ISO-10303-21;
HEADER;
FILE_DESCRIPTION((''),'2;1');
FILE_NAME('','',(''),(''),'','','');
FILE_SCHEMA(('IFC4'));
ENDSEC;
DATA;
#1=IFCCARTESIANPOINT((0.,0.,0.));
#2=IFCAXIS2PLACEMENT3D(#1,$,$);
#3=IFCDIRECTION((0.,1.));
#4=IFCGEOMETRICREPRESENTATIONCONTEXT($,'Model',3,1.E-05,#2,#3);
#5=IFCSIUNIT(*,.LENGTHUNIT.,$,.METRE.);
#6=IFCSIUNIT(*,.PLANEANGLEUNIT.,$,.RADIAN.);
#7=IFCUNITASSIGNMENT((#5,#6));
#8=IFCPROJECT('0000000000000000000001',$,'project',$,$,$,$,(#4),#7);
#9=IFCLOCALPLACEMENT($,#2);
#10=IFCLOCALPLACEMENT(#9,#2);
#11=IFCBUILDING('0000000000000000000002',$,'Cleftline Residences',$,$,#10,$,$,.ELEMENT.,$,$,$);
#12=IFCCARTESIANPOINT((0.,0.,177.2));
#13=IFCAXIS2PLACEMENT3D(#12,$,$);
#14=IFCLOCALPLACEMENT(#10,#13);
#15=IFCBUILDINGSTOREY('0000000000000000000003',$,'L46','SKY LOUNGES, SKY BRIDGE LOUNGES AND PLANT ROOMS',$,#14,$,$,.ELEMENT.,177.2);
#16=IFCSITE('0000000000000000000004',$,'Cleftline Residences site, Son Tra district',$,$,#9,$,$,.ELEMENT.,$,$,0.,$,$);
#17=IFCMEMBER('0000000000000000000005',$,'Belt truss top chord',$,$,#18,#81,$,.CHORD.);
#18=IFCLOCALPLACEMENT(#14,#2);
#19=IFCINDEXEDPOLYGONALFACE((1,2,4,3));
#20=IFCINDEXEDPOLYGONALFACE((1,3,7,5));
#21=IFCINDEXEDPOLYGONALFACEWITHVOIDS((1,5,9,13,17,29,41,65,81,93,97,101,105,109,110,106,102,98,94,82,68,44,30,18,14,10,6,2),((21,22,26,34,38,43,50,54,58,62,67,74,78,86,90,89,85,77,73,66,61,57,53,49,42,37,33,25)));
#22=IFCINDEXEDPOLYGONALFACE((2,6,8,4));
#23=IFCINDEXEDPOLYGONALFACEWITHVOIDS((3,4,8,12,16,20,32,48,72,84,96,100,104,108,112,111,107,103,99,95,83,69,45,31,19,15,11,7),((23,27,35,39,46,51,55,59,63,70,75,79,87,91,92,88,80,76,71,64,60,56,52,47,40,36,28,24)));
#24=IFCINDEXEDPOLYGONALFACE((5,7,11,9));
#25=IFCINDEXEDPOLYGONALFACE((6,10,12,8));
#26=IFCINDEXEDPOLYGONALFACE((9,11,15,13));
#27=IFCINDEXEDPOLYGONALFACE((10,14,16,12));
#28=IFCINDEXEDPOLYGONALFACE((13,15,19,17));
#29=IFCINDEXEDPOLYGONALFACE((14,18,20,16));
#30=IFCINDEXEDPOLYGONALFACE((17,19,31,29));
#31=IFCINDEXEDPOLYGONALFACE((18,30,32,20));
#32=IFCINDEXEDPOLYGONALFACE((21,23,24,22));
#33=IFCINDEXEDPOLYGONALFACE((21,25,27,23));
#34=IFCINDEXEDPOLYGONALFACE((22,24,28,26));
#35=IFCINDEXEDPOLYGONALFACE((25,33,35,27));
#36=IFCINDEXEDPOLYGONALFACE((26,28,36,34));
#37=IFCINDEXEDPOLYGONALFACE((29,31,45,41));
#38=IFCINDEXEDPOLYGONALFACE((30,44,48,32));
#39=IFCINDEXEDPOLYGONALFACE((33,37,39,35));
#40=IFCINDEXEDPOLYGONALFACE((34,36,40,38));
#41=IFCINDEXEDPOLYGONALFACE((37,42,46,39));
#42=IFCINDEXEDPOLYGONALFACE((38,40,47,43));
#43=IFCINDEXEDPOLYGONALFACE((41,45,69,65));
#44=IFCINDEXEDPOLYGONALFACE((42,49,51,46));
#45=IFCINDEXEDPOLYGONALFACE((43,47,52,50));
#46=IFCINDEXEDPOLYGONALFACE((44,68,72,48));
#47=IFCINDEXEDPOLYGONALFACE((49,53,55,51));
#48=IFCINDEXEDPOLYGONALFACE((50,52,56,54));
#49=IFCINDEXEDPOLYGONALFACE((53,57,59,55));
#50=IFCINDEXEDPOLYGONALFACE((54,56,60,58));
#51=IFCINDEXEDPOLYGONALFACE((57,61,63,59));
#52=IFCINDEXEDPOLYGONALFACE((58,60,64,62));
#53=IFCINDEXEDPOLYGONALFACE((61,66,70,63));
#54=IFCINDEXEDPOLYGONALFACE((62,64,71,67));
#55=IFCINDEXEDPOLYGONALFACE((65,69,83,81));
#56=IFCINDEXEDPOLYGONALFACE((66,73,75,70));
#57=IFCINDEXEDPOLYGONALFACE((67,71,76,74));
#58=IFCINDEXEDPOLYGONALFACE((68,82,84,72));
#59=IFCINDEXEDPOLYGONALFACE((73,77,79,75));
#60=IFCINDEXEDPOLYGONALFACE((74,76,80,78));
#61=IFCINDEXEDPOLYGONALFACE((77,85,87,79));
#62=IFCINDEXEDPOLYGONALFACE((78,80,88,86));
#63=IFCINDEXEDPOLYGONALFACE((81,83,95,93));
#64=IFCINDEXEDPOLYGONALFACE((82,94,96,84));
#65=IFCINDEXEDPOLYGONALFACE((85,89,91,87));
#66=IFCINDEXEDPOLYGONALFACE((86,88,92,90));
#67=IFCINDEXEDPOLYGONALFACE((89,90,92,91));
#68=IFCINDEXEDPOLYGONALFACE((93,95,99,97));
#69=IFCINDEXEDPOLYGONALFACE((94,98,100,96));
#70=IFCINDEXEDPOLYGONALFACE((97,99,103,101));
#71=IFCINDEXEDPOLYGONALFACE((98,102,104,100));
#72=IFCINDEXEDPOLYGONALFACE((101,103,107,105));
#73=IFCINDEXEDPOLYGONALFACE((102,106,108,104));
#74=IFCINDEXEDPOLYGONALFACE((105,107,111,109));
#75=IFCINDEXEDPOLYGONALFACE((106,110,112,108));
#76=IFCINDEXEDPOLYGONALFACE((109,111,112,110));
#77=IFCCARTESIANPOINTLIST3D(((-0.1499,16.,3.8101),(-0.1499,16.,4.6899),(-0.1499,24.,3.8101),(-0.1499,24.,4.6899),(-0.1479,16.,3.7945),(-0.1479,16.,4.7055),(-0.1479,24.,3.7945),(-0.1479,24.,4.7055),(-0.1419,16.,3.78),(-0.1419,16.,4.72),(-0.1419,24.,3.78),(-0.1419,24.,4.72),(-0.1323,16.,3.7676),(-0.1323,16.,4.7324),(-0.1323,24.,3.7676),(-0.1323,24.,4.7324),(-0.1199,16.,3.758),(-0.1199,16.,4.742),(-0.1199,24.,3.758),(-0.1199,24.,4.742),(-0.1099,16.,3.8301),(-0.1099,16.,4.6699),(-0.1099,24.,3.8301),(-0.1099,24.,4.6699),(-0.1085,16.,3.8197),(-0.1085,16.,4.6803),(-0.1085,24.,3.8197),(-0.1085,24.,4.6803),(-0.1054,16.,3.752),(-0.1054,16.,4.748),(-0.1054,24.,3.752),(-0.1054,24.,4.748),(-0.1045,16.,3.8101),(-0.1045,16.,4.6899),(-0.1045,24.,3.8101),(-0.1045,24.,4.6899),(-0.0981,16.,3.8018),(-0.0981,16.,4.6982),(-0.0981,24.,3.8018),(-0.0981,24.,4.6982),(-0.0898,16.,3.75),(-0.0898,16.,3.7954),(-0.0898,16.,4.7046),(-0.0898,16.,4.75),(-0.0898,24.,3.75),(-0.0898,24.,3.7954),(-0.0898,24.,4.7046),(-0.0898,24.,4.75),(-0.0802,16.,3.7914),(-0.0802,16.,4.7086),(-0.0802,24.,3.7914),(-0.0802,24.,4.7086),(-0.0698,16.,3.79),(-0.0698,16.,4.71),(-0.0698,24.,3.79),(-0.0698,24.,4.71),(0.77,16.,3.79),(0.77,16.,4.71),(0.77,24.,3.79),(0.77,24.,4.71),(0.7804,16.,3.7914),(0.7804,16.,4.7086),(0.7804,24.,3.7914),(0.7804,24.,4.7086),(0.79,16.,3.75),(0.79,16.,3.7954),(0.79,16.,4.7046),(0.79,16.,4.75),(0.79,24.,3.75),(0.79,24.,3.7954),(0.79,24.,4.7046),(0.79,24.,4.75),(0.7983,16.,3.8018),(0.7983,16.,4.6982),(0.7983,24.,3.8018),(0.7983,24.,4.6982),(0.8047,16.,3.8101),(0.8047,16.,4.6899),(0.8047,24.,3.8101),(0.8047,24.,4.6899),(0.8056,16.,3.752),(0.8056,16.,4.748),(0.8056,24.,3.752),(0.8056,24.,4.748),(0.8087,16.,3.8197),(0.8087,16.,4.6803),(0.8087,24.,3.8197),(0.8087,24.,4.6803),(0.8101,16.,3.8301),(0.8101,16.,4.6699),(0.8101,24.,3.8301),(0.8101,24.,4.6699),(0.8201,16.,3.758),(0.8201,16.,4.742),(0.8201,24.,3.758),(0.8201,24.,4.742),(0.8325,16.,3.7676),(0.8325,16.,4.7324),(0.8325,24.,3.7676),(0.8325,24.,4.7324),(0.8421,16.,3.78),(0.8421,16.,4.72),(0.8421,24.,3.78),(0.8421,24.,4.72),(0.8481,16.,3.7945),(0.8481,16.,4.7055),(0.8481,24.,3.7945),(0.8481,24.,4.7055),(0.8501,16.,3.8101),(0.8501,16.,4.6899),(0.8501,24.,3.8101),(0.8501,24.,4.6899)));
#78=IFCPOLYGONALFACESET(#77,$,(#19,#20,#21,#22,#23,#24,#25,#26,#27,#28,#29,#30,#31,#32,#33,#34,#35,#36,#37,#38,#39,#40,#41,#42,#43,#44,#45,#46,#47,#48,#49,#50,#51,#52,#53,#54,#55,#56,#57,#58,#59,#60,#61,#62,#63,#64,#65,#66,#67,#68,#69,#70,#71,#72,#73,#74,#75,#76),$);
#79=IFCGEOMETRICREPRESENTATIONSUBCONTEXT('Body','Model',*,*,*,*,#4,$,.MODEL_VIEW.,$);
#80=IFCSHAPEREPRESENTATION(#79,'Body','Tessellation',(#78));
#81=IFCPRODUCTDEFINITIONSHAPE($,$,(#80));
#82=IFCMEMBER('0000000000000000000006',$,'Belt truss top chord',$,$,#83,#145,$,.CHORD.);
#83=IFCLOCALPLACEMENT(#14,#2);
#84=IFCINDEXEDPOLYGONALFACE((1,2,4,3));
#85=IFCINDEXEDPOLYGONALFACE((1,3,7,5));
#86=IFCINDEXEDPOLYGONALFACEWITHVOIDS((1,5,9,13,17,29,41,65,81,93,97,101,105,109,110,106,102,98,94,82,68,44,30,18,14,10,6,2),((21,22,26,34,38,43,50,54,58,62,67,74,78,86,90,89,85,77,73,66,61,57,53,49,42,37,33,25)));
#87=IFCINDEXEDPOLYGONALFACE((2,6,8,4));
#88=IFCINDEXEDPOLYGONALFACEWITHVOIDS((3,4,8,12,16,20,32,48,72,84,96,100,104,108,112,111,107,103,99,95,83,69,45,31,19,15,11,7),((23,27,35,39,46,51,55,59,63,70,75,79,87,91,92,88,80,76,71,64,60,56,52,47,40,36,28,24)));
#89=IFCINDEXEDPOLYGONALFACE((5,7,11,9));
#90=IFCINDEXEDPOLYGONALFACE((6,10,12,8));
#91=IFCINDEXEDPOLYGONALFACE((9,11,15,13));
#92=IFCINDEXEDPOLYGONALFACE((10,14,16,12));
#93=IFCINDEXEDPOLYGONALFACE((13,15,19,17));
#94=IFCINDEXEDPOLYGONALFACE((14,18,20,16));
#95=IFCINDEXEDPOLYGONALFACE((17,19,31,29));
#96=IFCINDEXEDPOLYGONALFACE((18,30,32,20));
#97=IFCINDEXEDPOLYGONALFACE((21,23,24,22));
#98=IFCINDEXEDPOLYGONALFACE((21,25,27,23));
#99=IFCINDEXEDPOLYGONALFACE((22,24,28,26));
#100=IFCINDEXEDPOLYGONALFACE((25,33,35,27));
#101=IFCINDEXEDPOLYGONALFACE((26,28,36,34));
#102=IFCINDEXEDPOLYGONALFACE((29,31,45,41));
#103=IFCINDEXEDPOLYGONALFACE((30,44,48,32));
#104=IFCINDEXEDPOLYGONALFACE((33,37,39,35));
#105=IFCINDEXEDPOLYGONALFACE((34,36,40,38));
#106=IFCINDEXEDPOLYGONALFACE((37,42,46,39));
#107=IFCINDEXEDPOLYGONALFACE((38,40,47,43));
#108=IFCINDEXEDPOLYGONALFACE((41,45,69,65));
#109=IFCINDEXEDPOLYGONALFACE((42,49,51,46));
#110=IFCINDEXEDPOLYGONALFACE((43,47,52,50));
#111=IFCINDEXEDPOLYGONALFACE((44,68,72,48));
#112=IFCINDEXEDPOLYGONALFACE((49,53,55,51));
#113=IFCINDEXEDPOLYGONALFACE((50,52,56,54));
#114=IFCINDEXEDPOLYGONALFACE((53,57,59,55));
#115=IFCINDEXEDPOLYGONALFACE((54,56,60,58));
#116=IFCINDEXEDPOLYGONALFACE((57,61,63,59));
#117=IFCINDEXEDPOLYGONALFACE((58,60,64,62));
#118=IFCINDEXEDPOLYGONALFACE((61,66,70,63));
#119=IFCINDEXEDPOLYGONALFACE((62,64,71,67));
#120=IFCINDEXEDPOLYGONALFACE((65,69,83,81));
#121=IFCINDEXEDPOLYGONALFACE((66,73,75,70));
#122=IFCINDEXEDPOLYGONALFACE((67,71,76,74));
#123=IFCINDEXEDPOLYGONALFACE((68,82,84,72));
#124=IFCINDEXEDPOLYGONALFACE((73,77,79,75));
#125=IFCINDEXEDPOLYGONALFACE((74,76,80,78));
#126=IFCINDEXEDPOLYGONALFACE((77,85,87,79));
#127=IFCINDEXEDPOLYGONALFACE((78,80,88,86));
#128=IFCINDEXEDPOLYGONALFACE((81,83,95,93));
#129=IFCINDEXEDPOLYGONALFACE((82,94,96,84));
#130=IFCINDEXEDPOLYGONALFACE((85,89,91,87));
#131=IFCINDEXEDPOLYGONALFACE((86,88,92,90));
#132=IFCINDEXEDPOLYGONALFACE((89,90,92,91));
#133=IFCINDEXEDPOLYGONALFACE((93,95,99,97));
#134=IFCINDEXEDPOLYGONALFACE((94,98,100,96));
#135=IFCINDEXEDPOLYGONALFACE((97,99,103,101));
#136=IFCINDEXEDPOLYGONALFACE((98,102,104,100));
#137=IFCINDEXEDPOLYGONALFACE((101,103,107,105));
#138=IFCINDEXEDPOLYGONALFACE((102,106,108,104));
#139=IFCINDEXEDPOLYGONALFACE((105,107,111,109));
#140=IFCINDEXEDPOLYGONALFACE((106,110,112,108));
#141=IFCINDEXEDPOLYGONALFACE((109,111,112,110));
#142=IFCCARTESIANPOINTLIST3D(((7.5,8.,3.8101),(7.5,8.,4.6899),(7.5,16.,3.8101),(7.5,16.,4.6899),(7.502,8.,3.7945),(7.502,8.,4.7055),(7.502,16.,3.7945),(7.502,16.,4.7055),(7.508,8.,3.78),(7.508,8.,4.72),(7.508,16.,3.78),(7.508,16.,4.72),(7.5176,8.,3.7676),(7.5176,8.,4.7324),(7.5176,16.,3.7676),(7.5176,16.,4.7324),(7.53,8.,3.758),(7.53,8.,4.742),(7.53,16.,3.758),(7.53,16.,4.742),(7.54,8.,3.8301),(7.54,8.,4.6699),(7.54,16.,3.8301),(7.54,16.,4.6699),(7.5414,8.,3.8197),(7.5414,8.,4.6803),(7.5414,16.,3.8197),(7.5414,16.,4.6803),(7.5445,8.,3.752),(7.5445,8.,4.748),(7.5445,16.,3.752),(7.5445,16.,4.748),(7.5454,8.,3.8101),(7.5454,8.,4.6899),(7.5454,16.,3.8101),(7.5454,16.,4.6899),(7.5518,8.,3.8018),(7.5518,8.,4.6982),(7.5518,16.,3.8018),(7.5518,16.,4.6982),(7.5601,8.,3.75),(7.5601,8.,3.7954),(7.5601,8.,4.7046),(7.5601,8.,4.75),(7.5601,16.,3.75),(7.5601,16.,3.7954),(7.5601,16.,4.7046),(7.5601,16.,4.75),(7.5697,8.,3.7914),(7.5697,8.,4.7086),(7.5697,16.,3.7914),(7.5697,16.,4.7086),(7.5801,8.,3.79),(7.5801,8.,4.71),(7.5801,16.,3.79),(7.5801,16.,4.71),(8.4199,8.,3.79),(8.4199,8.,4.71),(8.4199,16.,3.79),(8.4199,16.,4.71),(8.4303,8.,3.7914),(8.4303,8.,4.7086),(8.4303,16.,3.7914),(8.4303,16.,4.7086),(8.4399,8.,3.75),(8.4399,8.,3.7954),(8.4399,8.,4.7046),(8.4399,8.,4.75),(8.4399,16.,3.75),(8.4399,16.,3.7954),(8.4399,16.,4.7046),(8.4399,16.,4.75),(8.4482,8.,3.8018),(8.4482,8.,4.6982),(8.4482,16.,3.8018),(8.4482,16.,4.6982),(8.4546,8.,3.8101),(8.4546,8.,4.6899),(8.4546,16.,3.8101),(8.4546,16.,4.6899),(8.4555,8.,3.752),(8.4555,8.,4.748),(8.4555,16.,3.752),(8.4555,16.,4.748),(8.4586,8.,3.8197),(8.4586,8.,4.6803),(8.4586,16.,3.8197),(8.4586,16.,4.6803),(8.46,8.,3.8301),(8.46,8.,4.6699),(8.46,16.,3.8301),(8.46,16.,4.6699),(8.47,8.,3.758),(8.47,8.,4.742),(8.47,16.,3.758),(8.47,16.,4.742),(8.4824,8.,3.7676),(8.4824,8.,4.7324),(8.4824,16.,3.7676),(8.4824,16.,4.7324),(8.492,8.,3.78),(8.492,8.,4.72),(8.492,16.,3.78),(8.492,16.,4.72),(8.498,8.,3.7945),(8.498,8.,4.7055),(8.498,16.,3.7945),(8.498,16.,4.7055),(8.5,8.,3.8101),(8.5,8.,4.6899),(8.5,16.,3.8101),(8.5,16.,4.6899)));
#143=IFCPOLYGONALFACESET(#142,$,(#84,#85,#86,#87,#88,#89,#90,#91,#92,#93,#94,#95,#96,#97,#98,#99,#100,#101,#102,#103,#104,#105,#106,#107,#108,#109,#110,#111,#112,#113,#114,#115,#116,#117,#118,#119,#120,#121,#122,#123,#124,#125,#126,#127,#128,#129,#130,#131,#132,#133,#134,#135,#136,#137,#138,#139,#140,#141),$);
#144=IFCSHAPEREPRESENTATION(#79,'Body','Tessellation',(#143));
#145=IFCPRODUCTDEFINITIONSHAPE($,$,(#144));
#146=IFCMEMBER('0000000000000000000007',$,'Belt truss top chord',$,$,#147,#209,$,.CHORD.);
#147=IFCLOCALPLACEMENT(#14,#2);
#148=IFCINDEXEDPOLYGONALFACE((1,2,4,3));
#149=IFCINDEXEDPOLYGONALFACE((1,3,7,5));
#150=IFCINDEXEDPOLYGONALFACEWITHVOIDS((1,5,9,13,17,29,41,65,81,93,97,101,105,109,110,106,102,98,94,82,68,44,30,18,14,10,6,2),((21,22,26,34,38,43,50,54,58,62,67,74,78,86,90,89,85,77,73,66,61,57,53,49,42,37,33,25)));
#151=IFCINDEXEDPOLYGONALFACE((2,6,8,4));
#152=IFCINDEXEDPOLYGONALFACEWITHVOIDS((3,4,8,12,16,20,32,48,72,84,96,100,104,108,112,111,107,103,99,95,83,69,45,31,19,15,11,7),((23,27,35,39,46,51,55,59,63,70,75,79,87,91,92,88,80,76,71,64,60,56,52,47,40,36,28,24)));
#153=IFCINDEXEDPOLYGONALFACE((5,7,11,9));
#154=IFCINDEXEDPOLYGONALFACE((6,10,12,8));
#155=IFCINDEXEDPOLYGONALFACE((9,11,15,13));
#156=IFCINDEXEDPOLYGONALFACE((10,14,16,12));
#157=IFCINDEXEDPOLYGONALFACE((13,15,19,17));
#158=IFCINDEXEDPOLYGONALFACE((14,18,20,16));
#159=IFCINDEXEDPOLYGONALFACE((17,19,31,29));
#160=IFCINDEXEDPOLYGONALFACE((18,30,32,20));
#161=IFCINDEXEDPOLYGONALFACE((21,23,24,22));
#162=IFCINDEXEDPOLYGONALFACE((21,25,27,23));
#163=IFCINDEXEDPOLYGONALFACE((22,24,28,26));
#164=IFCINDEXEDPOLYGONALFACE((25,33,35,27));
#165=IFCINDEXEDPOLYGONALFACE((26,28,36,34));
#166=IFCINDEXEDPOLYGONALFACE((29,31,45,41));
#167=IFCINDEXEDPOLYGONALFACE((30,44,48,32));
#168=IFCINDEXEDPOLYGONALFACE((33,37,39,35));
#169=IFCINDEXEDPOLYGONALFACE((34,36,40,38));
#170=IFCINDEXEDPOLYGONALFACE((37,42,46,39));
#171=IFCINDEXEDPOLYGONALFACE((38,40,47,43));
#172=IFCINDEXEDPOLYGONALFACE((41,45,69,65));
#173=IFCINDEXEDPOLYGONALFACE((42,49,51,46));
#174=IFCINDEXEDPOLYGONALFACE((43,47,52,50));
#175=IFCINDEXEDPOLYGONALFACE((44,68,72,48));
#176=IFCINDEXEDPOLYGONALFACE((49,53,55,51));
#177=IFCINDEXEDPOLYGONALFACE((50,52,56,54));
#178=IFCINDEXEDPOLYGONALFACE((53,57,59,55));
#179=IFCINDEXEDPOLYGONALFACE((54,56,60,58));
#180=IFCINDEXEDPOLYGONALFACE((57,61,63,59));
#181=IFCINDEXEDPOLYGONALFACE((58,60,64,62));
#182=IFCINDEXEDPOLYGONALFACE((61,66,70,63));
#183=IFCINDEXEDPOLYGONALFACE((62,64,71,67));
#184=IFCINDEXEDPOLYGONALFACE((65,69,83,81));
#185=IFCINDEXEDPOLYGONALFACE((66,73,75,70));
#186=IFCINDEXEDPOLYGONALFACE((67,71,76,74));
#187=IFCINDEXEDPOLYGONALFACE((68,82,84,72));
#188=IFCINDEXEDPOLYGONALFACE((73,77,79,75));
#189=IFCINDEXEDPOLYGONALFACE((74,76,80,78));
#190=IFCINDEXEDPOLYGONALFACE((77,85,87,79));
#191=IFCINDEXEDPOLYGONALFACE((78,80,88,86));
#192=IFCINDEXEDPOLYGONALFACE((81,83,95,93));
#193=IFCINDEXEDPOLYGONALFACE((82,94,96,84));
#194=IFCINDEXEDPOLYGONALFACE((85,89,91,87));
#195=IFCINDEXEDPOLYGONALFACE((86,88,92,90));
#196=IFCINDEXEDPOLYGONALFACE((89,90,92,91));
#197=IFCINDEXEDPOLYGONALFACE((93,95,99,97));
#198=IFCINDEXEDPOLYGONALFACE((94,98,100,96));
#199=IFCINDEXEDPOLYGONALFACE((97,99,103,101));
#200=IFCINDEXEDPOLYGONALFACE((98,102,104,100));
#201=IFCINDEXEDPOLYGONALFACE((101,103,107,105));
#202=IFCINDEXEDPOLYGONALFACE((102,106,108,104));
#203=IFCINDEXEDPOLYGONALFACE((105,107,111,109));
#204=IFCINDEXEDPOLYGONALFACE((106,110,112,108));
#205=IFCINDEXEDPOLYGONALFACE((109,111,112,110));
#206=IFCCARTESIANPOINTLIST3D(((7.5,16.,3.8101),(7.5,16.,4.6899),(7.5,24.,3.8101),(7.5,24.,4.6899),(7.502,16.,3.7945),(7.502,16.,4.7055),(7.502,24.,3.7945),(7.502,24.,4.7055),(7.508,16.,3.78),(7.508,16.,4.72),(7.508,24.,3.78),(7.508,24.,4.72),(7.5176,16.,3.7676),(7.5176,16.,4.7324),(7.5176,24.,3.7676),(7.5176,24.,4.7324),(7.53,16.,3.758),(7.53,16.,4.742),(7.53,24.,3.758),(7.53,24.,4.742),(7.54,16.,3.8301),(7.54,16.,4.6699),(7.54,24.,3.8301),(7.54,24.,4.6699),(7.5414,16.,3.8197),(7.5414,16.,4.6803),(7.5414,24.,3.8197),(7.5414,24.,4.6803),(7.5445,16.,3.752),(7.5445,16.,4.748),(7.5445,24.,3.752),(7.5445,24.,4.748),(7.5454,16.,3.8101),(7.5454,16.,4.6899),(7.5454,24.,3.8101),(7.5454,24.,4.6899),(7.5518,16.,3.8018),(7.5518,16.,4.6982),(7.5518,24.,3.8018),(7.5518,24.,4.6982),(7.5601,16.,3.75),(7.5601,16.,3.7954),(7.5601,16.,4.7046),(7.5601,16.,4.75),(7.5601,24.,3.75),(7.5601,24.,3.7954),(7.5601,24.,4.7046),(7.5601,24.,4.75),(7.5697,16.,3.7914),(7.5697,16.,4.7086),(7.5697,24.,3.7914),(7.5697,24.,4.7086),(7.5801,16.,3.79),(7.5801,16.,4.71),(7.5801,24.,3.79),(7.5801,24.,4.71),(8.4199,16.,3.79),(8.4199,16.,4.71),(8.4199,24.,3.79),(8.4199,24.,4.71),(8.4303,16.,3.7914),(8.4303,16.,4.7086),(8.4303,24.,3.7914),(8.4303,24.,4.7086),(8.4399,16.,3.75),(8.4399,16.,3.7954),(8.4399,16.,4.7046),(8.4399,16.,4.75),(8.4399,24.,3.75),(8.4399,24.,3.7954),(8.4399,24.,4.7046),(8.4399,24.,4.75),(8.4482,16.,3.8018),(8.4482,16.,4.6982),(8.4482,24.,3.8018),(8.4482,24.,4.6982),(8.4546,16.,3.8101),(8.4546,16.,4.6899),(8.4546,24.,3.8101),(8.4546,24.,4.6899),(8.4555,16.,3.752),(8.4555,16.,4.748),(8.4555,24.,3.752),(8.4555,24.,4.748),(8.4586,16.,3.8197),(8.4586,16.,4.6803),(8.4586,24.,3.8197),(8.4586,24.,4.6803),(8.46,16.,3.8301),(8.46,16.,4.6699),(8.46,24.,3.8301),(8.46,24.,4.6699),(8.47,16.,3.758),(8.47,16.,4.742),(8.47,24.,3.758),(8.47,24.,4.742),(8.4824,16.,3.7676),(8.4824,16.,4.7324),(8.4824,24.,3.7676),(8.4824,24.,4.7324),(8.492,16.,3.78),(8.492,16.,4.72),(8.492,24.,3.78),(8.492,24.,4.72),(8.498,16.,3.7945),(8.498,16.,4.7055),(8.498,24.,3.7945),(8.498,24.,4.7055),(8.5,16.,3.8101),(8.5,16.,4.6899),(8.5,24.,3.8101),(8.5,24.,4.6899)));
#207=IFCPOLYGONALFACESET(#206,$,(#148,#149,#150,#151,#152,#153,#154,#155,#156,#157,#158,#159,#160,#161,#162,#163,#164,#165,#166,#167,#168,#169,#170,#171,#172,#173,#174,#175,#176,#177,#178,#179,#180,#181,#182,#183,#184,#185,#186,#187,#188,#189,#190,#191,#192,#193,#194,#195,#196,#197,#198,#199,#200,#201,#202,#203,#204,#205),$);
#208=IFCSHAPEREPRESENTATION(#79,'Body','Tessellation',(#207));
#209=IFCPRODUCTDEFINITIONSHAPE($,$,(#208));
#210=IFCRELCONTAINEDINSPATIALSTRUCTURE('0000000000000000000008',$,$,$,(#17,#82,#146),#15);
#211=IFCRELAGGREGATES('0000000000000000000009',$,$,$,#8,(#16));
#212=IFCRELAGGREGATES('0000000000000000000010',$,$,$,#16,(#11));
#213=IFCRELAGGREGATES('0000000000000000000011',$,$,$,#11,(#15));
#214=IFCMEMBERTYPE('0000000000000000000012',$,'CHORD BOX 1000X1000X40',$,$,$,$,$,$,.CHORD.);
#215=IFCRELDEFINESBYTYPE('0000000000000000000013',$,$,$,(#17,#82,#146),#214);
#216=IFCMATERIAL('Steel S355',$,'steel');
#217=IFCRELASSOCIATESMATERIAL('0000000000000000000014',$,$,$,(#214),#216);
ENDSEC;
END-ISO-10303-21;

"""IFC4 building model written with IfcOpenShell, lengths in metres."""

from ifc_helpers import new_model, si_unit, direction, frame, origin, origin_2d, place, context, subcontext, project, spatial, hollow_rectangle, extrude, material, material_profile, profile_set, type_object, element, save


model = new_model("IFC4")

# Units and contexts
model_context = context("Model", 3, precision=1e-05, world=origin(), true_north=direction((0.0, 1.0)))
body_context = subcontext(model_context, "Body", "Model", "MODEL_VIEW")
ifc_project = project(units=[si_unit("LENGTHUNIT", "METRE"), si_unit("PLANEANGLEUNIT", "RADIAN")], contexts=[model_context])

# Site, building, storey
site_placement = place(None, origin())
site = spatial("IfcSite", under=ifc_project, at=site_placement, Name="Cleftline Residences site, Son Tra district", CompositionType="ELEMENT", RefElevation=0.0)
building_placement = place(site_placement, origin())
building = spatial("IfcBuilding", under=site, at=building_placement, Name="Cleftline Residences", CompositionType="ELEMENT")
storey_placement = place(building_placement, frame((0.0, 0.0, 177.2)))
storey = spatial("IfcBuildingStorey", under=building, at=storey_placement, Name="L46", Description="SKY LOUNGES, SKY BRIDGE LOUNGES AND PLANT ROOMS", CompositionType="ELEMENT", Elevation=177.2)

# Members
ifc_material_1 = material(Name="Steel S355", Category="steel")
ifc_material_profile_1 = material_profile(ifc_material_1, hollow_rectangle(XDim=1.0, YDim=1.0, WallThickness=0.04, InnerFilletRadius=0.04, OuterFilletRadius=0.0601, at=origin_2d()))
ifc_profile_set_1 = profile_set([ifc_material_profile_1], Name="Steel S355")
member_type_1 = type_object("IfcMemberType", Name="CHORD BOX 1000X1000X40", PredefinedType="CHORD", material=ifc_profile_set_1)
for number, where, z_axis, x_axis, name in (
    (1, (0.3501, 16.0, 4.25), (0.0, 1.0, 0.0), (-1.0, 0.0, 0.0), "Belt truss top chord"),
    (2, (8.0, 8.0, 4.25), (0.0, 1.0, 0.0), (-1.0, 0.0, 0.0), "Belt truss top chord"),
    (3, (8.0, 16.0, 4.25), (0.0, 1.0, 0.0), (-1.0, 0.0, 0.0), "Belt truss top chord"),
):
    element("IfcMember", number, at=place(storey_placement, frame(where, z_axis=z_axis, x_axis=x_axis)), inside=storey, type_object=member_type_1, Name=name, PredefinedType="CHORD", context=body_context, shape_type="SweptSolid", body=[
        extrude(hollow_rectangle(XDim=1.0, YDim=1.0, WallThickness=0.04, InnerFilletRadius=0.04, OuterFilletRadius=0.0601, at=origin_2d()), origin(), (0.0, 0.0, 1.0), 8.0),
    ])

save(model, "model.ifc")
